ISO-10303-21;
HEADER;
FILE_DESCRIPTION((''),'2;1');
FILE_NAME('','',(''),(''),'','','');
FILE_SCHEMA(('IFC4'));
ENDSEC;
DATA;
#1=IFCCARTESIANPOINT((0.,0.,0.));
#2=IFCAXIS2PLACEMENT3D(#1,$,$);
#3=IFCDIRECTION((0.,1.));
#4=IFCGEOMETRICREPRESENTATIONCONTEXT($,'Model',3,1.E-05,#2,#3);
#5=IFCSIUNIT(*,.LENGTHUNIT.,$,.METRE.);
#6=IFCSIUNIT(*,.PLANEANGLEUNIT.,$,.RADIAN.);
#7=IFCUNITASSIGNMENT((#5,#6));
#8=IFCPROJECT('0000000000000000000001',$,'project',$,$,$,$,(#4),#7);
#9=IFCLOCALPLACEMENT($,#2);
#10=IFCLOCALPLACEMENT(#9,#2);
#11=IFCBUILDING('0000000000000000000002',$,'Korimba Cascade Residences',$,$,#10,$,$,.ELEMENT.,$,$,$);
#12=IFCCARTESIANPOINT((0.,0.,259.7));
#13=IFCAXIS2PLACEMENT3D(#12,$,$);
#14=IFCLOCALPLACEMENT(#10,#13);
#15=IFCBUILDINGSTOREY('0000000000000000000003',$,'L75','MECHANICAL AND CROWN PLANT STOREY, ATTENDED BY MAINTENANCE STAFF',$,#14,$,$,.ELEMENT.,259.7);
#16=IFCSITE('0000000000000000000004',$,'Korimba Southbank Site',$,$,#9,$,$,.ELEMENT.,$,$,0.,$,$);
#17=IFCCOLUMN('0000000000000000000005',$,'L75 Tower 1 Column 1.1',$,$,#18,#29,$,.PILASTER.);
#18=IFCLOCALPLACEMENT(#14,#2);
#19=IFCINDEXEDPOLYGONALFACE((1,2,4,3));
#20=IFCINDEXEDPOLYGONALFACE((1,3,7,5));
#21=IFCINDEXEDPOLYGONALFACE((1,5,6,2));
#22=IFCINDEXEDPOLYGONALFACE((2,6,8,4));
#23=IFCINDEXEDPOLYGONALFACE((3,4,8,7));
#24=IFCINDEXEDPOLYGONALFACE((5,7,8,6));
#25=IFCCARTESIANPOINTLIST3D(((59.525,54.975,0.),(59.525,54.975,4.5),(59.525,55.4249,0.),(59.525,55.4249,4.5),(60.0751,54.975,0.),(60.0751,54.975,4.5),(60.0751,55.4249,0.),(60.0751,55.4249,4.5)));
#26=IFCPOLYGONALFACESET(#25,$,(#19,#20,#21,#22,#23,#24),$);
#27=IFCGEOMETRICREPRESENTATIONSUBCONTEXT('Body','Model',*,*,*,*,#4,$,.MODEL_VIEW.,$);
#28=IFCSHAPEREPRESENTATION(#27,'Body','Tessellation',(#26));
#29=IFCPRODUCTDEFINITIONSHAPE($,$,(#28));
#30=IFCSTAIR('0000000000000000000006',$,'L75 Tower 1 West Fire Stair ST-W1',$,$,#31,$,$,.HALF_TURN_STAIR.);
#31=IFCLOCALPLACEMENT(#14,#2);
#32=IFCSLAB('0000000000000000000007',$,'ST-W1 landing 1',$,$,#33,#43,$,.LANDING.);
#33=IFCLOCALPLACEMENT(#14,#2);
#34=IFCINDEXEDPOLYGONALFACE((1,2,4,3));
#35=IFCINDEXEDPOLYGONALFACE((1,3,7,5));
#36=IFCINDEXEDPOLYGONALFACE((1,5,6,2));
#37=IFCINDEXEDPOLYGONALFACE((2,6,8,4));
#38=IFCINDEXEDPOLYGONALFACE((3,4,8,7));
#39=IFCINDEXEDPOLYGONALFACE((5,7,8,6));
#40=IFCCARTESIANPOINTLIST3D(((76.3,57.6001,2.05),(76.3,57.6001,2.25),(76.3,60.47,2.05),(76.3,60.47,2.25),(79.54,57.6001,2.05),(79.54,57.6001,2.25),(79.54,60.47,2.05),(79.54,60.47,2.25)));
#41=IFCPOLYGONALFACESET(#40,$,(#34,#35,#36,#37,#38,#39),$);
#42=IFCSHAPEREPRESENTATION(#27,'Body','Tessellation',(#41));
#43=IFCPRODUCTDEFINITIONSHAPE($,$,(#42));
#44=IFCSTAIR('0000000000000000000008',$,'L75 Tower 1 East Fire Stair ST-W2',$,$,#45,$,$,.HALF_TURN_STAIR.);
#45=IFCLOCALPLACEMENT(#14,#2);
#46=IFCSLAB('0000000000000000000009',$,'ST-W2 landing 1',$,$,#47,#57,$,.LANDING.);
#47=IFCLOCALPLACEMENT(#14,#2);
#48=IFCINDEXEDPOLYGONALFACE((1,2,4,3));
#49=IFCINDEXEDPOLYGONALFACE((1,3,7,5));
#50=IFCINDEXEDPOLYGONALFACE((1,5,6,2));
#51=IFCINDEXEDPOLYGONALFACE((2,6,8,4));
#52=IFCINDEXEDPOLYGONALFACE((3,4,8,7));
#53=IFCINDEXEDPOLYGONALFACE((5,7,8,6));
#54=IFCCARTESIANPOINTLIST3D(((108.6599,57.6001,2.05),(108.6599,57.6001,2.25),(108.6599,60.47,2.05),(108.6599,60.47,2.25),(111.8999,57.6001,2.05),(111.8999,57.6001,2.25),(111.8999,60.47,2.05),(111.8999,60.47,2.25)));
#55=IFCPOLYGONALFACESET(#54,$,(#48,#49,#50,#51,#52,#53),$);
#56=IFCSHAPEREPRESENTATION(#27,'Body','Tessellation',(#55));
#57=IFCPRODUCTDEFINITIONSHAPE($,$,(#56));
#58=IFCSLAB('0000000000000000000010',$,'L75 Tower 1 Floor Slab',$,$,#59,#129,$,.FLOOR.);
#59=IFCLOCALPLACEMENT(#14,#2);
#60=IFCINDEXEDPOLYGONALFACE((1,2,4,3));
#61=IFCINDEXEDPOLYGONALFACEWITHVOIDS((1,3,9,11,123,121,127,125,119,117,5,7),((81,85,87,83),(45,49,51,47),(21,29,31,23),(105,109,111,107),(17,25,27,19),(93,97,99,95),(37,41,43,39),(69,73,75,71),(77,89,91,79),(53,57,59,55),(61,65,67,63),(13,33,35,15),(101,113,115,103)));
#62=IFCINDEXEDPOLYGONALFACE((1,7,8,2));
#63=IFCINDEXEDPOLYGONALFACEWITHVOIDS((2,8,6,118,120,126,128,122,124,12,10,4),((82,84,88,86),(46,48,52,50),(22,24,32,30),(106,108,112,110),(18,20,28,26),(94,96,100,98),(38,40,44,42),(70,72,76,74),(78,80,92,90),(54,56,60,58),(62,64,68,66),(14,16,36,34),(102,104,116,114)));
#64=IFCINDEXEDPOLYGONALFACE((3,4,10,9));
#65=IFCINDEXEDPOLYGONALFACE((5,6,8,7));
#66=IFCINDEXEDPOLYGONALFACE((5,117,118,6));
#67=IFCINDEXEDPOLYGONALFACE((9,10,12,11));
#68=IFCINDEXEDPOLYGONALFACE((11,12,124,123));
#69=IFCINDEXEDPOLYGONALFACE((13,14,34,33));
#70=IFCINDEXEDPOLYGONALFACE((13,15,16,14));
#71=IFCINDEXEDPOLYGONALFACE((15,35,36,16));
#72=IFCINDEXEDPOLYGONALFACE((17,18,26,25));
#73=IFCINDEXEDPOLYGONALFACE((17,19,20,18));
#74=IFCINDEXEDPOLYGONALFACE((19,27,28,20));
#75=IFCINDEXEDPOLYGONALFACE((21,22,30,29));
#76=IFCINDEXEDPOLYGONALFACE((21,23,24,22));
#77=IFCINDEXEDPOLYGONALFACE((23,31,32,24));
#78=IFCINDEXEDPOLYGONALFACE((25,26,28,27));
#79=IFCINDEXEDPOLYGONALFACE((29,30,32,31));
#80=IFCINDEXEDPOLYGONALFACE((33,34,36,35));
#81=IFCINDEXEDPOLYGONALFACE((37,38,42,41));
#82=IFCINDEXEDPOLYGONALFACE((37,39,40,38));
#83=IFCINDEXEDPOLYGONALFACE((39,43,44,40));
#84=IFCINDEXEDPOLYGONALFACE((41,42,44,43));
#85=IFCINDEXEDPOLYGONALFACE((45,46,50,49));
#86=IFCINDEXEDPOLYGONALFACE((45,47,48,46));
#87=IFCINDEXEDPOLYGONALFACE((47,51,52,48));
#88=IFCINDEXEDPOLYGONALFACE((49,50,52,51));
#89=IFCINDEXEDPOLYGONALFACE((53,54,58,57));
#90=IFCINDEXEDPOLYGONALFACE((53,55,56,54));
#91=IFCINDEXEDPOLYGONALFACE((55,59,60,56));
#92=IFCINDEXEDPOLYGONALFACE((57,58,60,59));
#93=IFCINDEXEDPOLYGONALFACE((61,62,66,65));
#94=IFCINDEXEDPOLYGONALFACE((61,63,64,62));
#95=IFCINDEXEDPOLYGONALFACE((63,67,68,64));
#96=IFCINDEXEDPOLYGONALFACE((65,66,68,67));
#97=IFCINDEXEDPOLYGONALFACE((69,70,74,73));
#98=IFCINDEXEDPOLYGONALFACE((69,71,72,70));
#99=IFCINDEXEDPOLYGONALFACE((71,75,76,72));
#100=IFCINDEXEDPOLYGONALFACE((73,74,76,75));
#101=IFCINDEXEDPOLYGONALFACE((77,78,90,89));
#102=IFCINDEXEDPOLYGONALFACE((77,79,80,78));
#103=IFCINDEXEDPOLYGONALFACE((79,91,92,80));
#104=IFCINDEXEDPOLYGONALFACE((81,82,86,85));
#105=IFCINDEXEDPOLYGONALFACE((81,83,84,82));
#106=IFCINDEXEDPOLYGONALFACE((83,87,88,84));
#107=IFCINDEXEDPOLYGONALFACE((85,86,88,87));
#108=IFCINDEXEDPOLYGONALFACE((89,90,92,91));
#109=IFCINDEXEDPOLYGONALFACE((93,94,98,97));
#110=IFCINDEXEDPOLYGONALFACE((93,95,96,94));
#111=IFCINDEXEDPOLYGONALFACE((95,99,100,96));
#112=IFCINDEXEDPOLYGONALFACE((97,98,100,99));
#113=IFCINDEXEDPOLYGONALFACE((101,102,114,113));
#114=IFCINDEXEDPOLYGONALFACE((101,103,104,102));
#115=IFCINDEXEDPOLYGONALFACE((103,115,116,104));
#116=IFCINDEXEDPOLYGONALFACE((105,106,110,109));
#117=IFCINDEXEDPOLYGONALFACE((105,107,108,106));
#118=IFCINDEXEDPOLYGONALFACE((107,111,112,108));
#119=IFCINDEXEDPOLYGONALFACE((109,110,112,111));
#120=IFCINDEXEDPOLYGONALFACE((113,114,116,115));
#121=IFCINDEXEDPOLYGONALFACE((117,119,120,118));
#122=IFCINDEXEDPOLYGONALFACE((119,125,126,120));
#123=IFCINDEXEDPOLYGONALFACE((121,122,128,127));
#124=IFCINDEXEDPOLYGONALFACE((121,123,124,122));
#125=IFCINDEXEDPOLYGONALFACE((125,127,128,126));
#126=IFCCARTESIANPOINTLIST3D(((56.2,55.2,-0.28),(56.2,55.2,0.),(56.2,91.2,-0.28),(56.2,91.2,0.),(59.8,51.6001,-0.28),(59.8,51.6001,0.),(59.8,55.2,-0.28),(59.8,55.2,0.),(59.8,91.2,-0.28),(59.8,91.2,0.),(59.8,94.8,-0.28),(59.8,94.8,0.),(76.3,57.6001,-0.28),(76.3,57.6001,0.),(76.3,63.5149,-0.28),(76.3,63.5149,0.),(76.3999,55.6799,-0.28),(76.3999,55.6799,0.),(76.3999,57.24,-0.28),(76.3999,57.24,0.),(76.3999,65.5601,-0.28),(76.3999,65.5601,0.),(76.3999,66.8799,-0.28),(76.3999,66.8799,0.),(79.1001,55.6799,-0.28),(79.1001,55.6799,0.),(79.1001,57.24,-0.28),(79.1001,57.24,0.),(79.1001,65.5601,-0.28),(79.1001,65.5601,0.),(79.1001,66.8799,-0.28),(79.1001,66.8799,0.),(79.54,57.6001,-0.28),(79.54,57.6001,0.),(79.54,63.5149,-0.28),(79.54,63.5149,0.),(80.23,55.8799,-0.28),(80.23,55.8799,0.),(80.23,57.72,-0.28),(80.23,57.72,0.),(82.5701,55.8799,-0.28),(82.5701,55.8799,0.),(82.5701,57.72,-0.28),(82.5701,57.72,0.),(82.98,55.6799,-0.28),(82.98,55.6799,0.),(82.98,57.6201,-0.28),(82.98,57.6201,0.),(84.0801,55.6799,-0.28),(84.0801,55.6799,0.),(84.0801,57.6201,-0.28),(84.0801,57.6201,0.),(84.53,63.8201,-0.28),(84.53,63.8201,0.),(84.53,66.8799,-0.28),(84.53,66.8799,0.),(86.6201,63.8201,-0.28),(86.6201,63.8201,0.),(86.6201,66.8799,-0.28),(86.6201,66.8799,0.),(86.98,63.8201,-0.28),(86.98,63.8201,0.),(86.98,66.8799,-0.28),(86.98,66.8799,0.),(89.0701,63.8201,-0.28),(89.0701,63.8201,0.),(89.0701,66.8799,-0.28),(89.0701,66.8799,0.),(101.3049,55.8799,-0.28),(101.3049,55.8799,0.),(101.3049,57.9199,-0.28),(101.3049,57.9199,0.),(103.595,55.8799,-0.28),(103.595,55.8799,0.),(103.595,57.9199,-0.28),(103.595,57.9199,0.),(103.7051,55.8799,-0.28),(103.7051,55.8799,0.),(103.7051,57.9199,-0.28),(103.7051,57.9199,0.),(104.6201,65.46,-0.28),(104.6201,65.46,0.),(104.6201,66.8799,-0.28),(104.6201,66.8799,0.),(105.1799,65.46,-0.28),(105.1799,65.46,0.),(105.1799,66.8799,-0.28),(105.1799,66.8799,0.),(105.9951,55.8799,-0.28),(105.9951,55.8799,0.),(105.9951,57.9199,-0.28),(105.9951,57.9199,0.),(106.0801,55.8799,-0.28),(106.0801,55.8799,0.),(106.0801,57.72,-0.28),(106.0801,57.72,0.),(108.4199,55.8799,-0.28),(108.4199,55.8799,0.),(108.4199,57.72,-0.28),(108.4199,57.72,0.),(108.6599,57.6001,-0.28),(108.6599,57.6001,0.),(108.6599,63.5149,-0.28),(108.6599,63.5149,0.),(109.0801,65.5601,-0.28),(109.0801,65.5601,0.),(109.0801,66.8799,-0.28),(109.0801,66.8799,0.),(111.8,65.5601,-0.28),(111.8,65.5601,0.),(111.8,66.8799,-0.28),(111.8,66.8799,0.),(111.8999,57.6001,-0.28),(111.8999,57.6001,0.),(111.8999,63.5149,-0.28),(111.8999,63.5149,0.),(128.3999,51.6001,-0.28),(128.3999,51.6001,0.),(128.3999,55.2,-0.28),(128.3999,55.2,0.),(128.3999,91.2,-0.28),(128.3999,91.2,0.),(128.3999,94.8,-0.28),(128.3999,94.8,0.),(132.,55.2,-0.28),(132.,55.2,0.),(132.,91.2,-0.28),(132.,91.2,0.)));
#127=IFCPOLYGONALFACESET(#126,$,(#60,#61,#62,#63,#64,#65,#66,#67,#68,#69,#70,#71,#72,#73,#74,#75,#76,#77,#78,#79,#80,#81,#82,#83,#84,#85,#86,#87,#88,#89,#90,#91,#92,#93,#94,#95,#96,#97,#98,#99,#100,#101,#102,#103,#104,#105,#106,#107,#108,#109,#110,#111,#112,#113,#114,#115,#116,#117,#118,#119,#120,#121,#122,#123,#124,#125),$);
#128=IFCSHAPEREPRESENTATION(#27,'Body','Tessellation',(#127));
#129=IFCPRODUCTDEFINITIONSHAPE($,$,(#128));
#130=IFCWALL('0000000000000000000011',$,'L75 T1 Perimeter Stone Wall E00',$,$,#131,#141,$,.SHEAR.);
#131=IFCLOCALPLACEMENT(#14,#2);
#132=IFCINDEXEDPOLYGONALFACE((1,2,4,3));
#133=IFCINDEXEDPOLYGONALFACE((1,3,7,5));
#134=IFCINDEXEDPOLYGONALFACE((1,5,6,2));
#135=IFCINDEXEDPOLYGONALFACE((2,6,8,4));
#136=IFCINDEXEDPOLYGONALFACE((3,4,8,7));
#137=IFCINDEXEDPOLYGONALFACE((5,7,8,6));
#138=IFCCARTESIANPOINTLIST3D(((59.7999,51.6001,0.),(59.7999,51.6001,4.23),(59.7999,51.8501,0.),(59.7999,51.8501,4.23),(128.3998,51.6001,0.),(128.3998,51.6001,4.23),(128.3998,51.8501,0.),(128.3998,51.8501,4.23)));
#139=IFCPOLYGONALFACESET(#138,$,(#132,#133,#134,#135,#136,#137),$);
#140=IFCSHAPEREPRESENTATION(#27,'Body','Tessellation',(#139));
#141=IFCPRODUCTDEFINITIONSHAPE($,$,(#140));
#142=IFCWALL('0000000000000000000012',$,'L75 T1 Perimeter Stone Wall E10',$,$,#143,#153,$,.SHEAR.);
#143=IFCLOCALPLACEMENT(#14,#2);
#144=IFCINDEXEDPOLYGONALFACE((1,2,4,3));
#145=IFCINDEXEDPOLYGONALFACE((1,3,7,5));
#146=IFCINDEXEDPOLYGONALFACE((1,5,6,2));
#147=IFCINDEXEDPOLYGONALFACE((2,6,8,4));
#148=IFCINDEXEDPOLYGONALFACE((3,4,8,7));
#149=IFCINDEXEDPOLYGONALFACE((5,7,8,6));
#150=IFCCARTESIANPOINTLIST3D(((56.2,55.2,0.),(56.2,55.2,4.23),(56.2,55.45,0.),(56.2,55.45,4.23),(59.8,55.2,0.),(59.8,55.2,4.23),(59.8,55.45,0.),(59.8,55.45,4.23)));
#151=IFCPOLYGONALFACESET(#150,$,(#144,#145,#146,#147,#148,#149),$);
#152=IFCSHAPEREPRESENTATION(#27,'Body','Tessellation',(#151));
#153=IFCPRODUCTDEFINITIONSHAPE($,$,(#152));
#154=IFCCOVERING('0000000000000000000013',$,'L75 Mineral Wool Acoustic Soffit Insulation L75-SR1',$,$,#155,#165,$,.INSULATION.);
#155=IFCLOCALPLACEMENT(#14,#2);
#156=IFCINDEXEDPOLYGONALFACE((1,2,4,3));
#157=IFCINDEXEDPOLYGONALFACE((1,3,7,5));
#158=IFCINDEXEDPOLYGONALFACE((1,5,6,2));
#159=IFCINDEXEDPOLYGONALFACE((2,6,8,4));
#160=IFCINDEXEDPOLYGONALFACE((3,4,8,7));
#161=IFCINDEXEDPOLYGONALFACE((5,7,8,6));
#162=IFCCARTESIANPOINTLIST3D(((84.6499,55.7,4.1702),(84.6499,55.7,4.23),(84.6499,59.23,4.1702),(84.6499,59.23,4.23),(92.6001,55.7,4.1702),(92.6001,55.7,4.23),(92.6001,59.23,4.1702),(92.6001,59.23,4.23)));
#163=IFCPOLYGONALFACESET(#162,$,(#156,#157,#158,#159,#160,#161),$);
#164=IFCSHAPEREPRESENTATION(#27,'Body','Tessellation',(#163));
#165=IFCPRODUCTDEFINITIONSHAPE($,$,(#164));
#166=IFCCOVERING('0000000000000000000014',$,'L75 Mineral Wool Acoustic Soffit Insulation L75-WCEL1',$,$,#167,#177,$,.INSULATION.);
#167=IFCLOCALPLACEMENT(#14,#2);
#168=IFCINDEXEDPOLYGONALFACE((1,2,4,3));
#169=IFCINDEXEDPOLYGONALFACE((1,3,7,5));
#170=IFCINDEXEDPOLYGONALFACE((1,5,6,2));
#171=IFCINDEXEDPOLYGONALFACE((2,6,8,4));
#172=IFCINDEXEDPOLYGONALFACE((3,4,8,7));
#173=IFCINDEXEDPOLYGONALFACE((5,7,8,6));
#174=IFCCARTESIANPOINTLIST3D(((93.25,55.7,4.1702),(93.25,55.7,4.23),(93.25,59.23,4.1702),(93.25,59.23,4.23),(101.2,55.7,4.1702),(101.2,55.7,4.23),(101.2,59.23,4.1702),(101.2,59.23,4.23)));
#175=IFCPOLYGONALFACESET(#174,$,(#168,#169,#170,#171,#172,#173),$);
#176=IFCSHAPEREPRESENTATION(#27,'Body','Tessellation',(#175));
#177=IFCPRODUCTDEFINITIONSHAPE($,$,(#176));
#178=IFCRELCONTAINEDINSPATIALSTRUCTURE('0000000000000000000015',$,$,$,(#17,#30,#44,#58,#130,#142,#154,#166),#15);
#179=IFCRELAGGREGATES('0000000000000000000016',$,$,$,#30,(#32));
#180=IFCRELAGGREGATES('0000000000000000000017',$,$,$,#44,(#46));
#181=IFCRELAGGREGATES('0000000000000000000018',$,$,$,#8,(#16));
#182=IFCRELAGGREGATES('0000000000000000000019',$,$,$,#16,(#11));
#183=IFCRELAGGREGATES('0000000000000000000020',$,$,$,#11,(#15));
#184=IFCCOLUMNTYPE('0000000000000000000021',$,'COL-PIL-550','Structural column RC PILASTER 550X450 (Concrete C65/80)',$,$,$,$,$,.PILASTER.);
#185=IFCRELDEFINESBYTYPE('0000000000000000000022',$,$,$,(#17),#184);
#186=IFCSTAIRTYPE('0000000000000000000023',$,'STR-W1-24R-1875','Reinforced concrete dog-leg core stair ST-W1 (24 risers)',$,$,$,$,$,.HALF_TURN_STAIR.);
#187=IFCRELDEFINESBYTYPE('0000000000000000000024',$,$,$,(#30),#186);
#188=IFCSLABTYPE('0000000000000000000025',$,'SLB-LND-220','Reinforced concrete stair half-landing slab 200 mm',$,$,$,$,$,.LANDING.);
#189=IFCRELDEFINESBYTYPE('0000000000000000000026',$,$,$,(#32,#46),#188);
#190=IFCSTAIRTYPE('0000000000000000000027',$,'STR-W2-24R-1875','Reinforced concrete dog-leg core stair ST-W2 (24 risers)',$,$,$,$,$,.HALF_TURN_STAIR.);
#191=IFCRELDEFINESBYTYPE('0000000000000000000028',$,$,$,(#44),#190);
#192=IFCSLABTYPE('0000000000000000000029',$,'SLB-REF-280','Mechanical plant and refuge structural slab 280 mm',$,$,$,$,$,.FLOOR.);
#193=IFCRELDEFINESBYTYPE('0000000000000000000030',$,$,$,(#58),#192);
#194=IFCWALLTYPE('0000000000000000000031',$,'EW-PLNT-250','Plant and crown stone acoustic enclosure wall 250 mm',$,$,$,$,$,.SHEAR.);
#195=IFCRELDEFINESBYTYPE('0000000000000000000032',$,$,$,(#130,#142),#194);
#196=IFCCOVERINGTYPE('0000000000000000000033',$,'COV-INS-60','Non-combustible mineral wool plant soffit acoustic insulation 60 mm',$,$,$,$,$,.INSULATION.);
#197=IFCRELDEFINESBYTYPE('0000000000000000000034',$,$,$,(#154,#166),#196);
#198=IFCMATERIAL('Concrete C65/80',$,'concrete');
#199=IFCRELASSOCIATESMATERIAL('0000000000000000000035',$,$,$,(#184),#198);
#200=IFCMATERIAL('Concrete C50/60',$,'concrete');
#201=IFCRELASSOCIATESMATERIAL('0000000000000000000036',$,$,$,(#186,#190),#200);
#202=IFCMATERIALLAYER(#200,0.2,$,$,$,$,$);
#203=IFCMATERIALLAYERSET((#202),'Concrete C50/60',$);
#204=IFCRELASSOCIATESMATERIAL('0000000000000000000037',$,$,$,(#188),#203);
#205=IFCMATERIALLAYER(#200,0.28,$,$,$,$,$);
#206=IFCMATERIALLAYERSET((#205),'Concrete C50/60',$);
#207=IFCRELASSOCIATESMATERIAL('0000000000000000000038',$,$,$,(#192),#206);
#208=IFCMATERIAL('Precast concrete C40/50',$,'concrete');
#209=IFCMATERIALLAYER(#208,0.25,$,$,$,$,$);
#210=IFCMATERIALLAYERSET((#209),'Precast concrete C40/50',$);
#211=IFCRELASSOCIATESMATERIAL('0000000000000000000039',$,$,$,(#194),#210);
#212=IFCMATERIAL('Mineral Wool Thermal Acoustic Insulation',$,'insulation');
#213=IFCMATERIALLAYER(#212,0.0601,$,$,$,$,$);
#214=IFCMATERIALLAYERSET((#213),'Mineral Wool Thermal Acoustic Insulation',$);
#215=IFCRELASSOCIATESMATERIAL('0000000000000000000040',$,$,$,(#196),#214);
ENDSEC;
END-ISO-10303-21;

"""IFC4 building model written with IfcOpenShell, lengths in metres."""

from ifc_helpers import new_model, si_unit, direction, frame, frame_2d, origin, origin_2d, place, context, subcontext, project, spatial, polyline, rectangle, outline, extrude, material, layer, layer_set, material_profile, profile_set, type_object, element, aggregate, save


model = new_model("IFC4")

# Units and contexts
model_context = context("Model", 3, precision=1e-05, world=origin(), true_north=direction((0.0, 1.0)))
body_context = subcontext(model_context, "Body", "Model", "MODEL_VIEW")
ifc_project = project(units=[si_unit("LENGTHUNIT", "METRE"), si_unit("PLANEANGLEUNIT", "RADIAN")], contexts=[model_context])

# Site, building, storey
site_placement = place(None, origin())
site = spatial("IfcSite", under=ifc_project, at=site_placement, Name="Korimba Southbank Site", CompositionType="ELEMENT", RefElevation=0.0)
building_placement = place(site_placement, origin())
building = spatial("IfcBuilding", under=site, at=building_placement, Name="Korimba Cascade Residences", CompositionType="ELEMENT")
storey_placement = place(building_placement, frame((0.0, 0.0, 259.7)))
storey = spatial("IfcBuildingStorey", under=building, at=storey_placement, Name="L75", Description="MECHANICAL AND CROWN PLANT STOREY, ATTENDED BY MAINTENANCE STAFF", CompositionType="ELEMENT", Elevation=259.7)

# Column
ifc_material_1 = material(Name="Concrete C65/80", Category="concrete")
ifc_material_profile = material_profile(ifc_material_1, rectangle(XDim=0.55, YDim=0.45, at=origin_2d()), Name="Concrete C65/80")
ifc_profile_set = profile_set([ifc_material_profile], Name="Concrete C65/80")
column_type = type_object("IfcColumnType", Name="COL-PIL-550", Description="Structural column RC PILASTER 550X450 (Concrete C65/80)", PredefinedType="PILASTER", material=ifc_profile_set)
column_placement = place(storey_placement, frame((59.8, 55.2, 0.0), z_axis=(0.0, 0.0, 1.0), x_axis=(1.0, 0.0, 0.0)))
element("IfcColumn", 1, at=column_placement, inside=storey, type_object=column_type, Name="L75 Tower 1 Column 1.1", PredefinedType="PILASTER", context=body_context, shape_type="SweptSolid", body=[
    extrude(rectangle(XDim=0.55, YDim=0.45, at=origin_2d()), origin(), (0.0, 0.0, 1.0), 4.5),
])

# Stairs, slabs
ifc_material_2 = material(Name="Concrete C50/60", Category="concrete")
stair_type_1 = type_object("IfcStairType", Name="STR-W1-24R-1875", Description="Reinforced concrete dog-leg core stair ST-W1 (24 risers)", PredefinedType="HALF_TURN_STAIR", material=ifc_material_2)
stair_1_placement = place(storey_placement, origin())
stair_1 = element("IfcStair", 2, at=stair_1_placement, inside=storey, type_object=stair_type_1, Name="L75 Tower 1 West Fire Stair ST-W1", PredefinedType="HALF_TURN_STAIR")
ifc_layer_1 = layer(ifc_material_2, 0.2)
ifc_layer_set_1 = layer_set([ifc_layer_1], Name="Concrete C50/60")
slab_type_1 = type_object("IfcSlabType", Name="SLB-LND-220", Description="Reinforced concrete stair half-landing slab 200 mm", PredefinedType="LANDING", material=ifc_layer_set_1)
slab_1_placement = place(storey_placement, frame((0.0, 0.0, 2.05)))
slab_1 = element("IfcSlab", 3, at=slab_1_placement, type_object=slab_type_1, Name="ST-W1 landing 1", PredefinedType="LANDING", context=body_context, shape_type="SweptSolid", body=[
    extrude(outline(polyline([(76.3, 60.47), (76.3, 57.6001), (79.54, 57.6001), (79.54, 60.47), (76.3, 60.47)])), origin(), (0.0, 0.0, 1.0), 0.2),
])
aggregate(stair_1, [slab_1])
stair_type_2 = type_object("IfcStairType", Name="STR-W2-24R-1875", Description="Reinforced concrete dog-leg core stair ST-W2 (24 risers)", PredefinedType="HALF_TURN_STAIR", material=ifc_material_2)
stair_2_placement = place(storey_placement, origin())
stair_2 = element("IfcStair", 4, at=stair_2_placement, inside=storey, type_object=stair_type_2, Name="L75 Tower 1 East Fire Stair ST-W2", PredefinedType="HALF_TURN_STAIR")
slab_2_placement = place(storey_placement, frame((0.0, 0.0, 2.05)))
slab_2 = element("IfcSlab", 5, at=slab_2_placement, type_object=slab_type_1, Name="ST-W2 landing 1", PredefinedType="LANDING", context=body_context, shape_type="SweptSolid", body=[
    extrude(outline(polyline([(108.6599, 60.47), (108.6599, 57.6001), (111.8999, 57.6001), (111.8999, 60.47), (108.6599, 60.47)])), origin(), (0.0, 0.0, 1.0), 0.2),
])
aggregate(stair_2, [slab_2])

# Slab
ifc_layer_2 = layer(ifc_material_2, 0.28)
ifc_layer_set_2 = layer_set([ifc_layer_2], Name="Concrete C50/60")
slab_type_2 = type_object("IfcSlabType", Name="SLB-REF-280", Description="Mechanical plant and refuge structural slab 280 mm", PredefinedType="FLOOR", material=ifc_layer_set_2)
slab_3_placement = place(storey_placement, frame((0.0, 0.0, -0.28)))
element("IfcSlab", 6, at=slab_3_placement, inside=storey, type_object=slab_type_2, Name="L75 Tower 1 Floor Slab", PredefinedType="FLOOR", context=body_context, shape_type="SweptSolid", body=[
    extrude(outline(polyline([(59.8, 51.6001), (128.3999, 51.6001), (128.3999, 55.2), (132.0, 55.2), (132.0, 91.2), (128.3999, 91.2), (128.3999, 94.8), (59.8, 94.8), (59.8, 91.2), (56.2, 91.2), (56.2, 55.2), (59.8, 55.2), (59.8, 51.6001)]), holes=[polyline([(76.3, 63.5149), (76.3, 57.6001), (79.54, 57.6001), (79.54, 63.5149), (76.3, 63.5149)]), polyline([(108.6599, 63.5149), (108.6599, 57.6001), (111.8999, 57.6001), (111.8999, 63.5149), (108.6599, 63.5149)]), polyline([(80.23, 55.8799), (82.5701, 55.8799), (82.5701, 57.72), (80.23, 57.72), (80.23, 55.8799)]), polyline([(106.0801, 55.8799), (108.4199, 55.8799), (108.4199, 57.72), (106.0801, 57.72), (106.0801, 55.8799)]), polyline([(101.3049, 55.8799), (103.595, 55.8799), (103.595, 57.9199), (101.3049, 57.9199), (101.3049, 55.8799)]), polyline([(103.7051, 55.8799), (105.9951, 55.8799), (105.9951, 57.9199), (103.7051, 57.9199), (103.7051, 55.8799)]), polyline([(82.98, 55.6799), (84.0801, 55.6799), (84.0801, 57.6201), (82.98, 57.6201), (82.98, 55.6799)]), polyline([(76.3999, 65.5601), (79.1001, 65.5601), (79.1001, 66.8799), (76.3999, 66.8799), (76.3999, 65.5601)]), polyline([(76.3999, 55.6799), (79.1001, 55.6799), (79.1001, 57.24), (76.3999, 57.24), (76.3999, 55.6799)]), polyline([(84.53, 63.8201), (86.6201, 63.8201), (86.6201, 66.8799), (84.53, 66.8799), (84.53, 63.8201)]), polyline([(86.98, 63.8201), (89.0701, 63.8201), (89.0701, 66.8799), (86.98, 66.8799), (86.98, 63.8201)]), polyline([(104.6201, 65.46), (105.1799, 65.46), (105.1799, 66.8799), (104.6201, 66.8799), (104.6201, 65.46)]), polyline([(109.0801, 65.5601), (111.8, 65.5601), (111.8, 66.8799), (109.0801, 66.8799), (109.0801, 65.5601)])]), origin(), (0.0, 0.0, 1.0), 0.28),
])

# Walls
ifc_material_3 = material(Name="Precast concrete C40/50", Category="concrete")
ifc_layer_3 = layer(ifc_material_3, 0.25)
ifc_layer_set_3 = layer_set([ifc_layer_3], Name="Precast concrete C40/50")
wall_type = type_object("IfcWallType", Name="EW-PLNT-250", Description="Plant and crown stone acoustic enclosure wall 250 mm", PredefinedType="SHEAR", material=ifc_layer_set_3)
wall_1_placement = place(storey_placement, frame((59.8, 51.7251, 0.0), z_axis=(0.0, 0.0, 1.0), x_axis=(1.0, 0.0, 0.0)))
element("IfcWall", 7, at=wall_1_placement, inside=storey, type_object=wall_type, Name="L75 T1 Perimeter Stone Wall E00", PredefinedType="SHEAR", context=body_context, shape_type="SweptSolid", body=[
    extrude(rectangle(XDim=68.5999, YDim=0.25, at=frame_2d((34.2998, 0.0))), origin(), (0.0, 0.0, 1.0), 4.23),
])
wall_2_placement = place(storey_placement, frame((56.2, 55.325, 0.0), z_axis=(0.0, 0.0, 1.0), x_axis=(1.0, 0.0, 0.0)))
element("IfcWall", 8, at=wall_2_placement, inside=storey, type_object=wall_type, Name="L75 T1 Perimeter Stone Wall E10", PredefinedType="SHEAR", context=body_context, shape_type="SweptSolid", body=[
    extrude(rectangle(XDim=3.6001, YDim=0.25, at=frame_2d((1.8, 0.0))), origin(), (0.0, 0.0, 1.0), 4.23),
])

# Coverings
ifc_material_4 = material(Name="Mineral Wool Thermal Acoustic Insulation", Category="insulation")
ifc_layer_4 = layer(ifc_material_4, 0.0601)
ifc_layer_set_4 = layer_set([ifc_layer_4], Name="Mineral Wool Thermal Acoustic Insulation")
covering_type = type_object("IfcCoveringType", Name="COV-INS-60", Description="Non-combustible mineral wool plant soffit acoustic insulation 60 mm", PredefinedType="INSULATION", material=ifc_layer_set_4)
covering_1_placement = place(storey_placement, frame((0.0, 0.0, 4.1702)))
element("IfcCovering", 9, at=covering_1_placement, inside=storey, type_object=covering_type, Name="L75 Mineral Wool Acoustic Soffit Insulation L75-SR1", PredefinedType="INSULATION", context=body_context, shape_type="SweptSolid", body=[
    extrude(outline(polyline([(84.6499, 55.7), (92.6001, 55.7), (92.6001, 59.23), (84.6499, 59.23), (84.6499, 55.7)])), origin(), (0.0, 0.0, 1.0), 0.0598),
])
covering_2_placement = place(storey_placement, frame((0.0, 0.0, 4.1702)))
element("IfcCovering", 10, at=covering_2_placement, inside=storey, type_object=covering_type, Name="L75 Mineral Wool Acoustic Soffit Insulation L75-WCEL1", PredefinedType="INSULATION", context=body_context, shape_type="SweptSolid", body=[
    extrude(outline(polyline([(93.25, 55.7), (101.2, 55.7), (101.2, 59.23), (93.25, 59.23), (93.25, 55.7)])), origin(), (0.0, 0.0, 1.0), 0.0598),
])

save(model, "model.ifc")
